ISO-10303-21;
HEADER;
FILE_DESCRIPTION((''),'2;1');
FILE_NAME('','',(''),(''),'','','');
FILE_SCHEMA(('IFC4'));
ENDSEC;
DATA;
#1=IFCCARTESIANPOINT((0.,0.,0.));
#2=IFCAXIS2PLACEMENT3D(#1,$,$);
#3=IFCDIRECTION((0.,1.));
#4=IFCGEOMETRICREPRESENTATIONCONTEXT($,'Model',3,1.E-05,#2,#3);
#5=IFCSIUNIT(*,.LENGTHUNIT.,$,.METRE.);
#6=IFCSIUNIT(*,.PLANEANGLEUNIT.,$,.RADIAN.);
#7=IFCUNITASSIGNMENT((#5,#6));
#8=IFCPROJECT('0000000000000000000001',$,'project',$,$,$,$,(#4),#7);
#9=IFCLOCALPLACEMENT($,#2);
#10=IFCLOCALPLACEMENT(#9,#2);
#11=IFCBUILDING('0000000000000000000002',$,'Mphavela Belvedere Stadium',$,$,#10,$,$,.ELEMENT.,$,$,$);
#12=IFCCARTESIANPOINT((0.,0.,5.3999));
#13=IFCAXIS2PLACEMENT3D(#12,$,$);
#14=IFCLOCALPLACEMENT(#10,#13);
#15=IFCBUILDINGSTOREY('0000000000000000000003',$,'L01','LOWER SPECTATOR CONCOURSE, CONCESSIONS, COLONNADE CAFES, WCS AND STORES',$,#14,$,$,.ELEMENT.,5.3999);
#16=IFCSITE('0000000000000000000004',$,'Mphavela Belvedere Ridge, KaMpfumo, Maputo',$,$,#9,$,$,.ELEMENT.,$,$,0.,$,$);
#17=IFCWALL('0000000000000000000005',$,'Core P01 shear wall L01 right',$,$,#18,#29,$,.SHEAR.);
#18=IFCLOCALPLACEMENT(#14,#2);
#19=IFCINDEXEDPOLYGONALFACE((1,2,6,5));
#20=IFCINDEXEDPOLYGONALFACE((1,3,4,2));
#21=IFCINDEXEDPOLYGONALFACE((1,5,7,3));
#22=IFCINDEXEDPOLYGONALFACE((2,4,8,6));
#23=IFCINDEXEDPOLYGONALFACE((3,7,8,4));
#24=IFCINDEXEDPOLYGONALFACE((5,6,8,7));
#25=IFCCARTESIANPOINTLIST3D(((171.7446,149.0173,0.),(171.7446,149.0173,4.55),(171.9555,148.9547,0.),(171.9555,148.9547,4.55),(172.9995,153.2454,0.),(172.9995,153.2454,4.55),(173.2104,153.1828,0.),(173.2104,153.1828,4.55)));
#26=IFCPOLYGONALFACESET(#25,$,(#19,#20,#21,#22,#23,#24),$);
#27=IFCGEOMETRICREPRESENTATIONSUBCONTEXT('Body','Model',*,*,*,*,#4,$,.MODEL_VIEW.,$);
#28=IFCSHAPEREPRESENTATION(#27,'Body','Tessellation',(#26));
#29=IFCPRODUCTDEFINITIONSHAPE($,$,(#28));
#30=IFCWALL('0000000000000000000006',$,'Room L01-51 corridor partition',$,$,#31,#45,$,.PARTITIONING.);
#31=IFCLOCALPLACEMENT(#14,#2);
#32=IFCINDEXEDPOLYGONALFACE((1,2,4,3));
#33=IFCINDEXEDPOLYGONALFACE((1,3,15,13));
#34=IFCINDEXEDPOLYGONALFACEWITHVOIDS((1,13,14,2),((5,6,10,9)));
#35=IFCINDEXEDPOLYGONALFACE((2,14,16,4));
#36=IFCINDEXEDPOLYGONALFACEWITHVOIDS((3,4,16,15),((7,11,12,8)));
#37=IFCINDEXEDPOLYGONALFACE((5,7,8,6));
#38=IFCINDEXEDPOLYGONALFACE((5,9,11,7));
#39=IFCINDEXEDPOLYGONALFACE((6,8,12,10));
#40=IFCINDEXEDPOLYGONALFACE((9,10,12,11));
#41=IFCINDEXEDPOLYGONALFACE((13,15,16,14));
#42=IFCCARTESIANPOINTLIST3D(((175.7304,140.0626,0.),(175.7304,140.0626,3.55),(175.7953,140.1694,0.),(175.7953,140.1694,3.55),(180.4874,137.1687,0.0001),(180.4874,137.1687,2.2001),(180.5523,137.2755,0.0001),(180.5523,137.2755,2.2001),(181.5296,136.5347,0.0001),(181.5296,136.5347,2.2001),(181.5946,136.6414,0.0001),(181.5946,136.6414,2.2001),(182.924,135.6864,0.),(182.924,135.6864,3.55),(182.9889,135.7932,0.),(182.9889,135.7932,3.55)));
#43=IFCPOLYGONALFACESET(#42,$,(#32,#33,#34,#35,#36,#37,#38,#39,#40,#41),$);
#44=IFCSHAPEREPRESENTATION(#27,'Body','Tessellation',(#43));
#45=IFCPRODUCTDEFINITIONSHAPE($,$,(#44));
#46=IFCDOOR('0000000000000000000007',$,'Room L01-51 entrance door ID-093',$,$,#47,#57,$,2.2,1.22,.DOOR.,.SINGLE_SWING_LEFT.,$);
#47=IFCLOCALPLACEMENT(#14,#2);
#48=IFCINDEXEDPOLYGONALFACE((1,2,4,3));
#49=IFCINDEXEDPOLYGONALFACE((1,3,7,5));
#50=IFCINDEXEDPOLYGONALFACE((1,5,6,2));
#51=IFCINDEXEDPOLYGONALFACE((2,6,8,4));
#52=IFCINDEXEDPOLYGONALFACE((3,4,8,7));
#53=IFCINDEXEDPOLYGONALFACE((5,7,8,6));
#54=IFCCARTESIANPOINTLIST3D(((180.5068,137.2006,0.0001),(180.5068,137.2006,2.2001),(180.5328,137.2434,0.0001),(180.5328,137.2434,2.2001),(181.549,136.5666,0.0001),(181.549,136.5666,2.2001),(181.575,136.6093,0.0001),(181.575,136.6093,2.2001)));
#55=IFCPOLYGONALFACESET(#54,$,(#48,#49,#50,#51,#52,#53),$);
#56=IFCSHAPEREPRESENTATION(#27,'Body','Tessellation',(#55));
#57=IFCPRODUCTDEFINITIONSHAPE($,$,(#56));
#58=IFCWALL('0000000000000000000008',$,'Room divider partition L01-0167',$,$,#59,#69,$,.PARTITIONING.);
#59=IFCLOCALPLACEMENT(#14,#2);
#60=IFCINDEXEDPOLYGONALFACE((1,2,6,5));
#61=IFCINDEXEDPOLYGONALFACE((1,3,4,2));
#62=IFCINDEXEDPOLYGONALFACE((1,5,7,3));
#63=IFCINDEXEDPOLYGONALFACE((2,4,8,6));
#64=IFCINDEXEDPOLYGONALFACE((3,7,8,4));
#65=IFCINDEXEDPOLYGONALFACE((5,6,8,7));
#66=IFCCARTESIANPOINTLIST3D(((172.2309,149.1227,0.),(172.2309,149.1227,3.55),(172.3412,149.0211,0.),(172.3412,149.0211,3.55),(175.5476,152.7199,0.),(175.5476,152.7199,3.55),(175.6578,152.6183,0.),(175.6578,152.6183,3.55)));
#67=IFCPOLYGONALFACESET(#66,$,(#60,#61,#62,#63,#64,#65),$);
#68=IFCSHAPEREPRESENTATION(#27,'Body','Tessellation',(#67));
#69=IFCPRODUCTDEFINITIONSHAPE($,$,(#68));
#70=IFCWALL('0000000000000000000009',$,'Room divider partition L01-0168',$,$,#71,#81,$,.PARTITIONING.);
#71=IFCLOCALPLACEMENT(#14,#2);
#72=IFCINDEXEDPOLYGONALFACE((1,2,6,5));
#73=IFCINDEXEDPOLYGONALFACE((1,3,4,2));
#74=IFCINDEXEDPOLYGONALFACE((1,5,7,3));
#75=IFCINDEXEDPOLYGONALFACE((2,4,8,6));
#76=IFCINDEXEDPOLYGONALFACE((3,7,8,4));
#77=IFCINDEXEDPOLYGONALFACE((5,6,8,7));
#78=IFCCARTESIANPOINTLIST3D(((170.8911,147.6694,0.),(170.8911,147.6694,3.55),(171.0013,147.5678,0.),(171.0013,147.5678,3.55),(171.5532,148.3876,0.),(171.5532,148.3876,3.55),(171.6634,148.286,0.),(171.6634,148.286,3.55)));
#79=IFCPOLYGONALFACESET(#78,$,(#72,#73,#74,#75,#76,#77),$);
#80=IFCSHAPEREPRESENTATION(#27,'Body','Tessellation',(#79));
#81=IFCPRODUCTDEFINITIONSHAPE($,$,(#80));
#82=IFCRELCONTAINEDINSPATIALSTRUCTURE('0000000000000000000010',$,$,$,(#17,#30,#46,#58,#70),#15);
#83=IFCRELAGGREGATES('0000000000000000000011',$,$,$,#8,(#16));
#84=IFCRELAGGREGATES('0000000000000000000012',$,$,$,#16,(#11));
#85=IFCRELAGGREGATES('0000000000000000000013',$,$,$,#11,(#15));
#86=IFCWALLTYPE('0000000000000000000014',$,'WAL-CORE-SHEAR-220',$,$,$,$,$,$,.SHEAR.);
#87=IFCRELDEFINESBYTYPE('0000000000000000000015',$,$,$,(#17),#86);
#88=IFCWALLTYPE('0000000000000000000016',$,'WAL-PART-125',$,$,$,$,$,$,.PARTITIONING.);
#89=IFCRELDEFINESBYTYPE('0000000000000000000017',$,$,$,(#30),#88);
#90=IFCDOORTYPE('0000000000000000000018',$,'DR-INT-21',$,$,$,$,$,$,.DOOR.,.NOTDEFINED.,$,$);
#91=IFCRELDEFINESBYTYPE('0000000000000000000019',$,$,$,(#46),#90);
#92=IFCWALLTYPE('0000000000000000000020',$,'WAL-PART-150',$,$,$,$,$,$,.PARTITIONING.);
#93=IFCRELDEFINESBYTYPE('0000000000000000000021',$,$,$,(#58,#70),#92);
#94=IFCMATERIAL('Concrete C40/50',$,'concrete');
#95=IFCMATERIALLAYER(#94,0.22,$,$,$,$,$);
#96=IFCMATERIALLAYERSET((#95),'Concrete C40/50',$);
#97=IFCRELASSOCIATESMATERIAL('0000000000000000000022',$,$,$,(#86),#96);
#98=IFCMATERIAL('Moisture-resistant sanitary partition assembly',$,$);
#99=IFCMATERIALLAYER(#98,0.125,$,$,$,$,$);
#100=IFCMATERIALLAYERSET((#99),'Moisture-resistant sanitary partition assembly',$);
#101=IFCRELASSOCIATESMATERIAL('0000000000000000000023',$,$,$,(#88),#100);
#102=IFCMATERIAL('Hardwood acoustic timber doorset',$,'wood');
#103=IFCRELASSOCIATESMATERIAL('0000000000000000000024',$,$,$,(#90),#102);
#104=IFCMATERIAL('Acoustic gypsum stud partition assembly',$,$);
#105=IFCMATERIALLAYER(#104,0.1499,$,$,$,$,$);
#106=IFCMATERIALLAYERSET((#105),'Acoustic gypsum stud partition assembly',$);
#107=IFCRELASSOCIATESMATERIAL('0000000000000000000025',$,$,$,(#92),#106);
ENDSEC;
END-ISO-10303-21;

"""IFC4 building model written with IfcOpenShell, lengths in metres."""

from ifc_helpers import new_model, si_unit, direction, frame, frame_2d, origin, place, context, subcontext, project, spatial, rectangle, extrude, material, layer, layer_set, type_object, element, fill, save


model = new_model("IFC4")

# Units and contexts
model_context = context("Model", 3, precision=1e-05, world=origin(), true_north=direction((0.0, 1.0)))
body_context = subcontext(model_context, "Body", "Model", "MODEL_VIEW")
ifc_project = project(units=[si_unit("LENGTHUNIT", "METRE"), si_unit("PLANEANGLEUNIT", "RADIAN")], contexts=[model_context])

# Site, building, storey
site_placement = place(None, origin())
site = spatial("IfcSite", under=ifc_project, at=site_placement, Name="Mphavela Belvedere Ridge, KaMpfumo, Maputo", CompositionType="ELEMENT", RefElevation=0.0)
building_placement = place(site_placement, origin())
building = spatial("IfcBuilding", under=site, at=building_placement, Name="Mphavela Belvedere Stadium", CompositionType="ELEMENT")
storey_placement = place(building_placement, frame((0.0, 0.0, 5.3999)))
storey = spatial("IfcBuildingStorey", under=building, at=storey_placement, Name="L01", Description="LOWER SPECTATOR CONCOURSE, CONCESSIONS, COLONNADE CAFES, WCS AND STORES", CompositionType="ELEMENT", Elevation=5.3999)

# Wall
ifc_material_1 = material(Name="Concrete C40/50", Category="concrete")
ifc_layer_1 = layer(ifc_material_1, 0.22)
ifc_layer_set_1 = layer_set([ifc_layer_1], Name="Concrete C40/50")
wall_type_1 = type_object("IfcWallType", Name="WAL-CORE-SHEAR-220", PredefinedType="SHEAR", material=ifc_layer_set_1)
wall_1_placement = place(storey_placement, frame((171.8501, 148.9861, 0.0), z_axis=(0.0, 0.0, 1.0), x_axis=(0.284533, 0.958666, 0.0)))
element("IfcWall", 1, at=wall_1_placement, inside=storey, type_object=wall_type_1, Name="Core P01 shear wall L01 right", PredefinedType="SHEAR", context=body_context, shape_type="SweptSolid", body=[
    extrude(rectangle(XDim=4.4104, YDim=0.22, at=frame_2d((2.2051, 0.0))), origin(), (0.0, 0.0, 1.0), 4.55),
])

# Wall, opening, door
ifc_material_2 = material(Name="Moisture-resistant sanitary partition assembly")
ifc_layer_2 = layer(ifc_material_2, 0.125)
ifc_layer_set_2 = layer_set([ifc_layer_2], Name="Moisture-resistant sanitary partition assembly")
wall_type_2 = type_object("IfcWallType", Name="WAL-PART-125", PredefinedType="PARTITIONING", material=ifc_layer_set_2)
wall_2_placement = place(storey_placement, frame((175.7629, 140.116, 0.0), z_axis=(0.0, 0.0, 1.0), x_axis=(0.85433, -0.519731, 0.0)))
wall_2 = element("IfcWall", 2, at=wall_2_placement, inside=storey, type_object=wall_type_2, Name="Room L01-51 corridor partition", PredefinedType="PARTITIONING", context=body_context, shape_type="SweptSolid", body=[
    extrude(rectangle(XDim=8.4202, YDim=0.125, at=frame_2d((4.21, 0.0))), origin(), (0.0, 0.0, 1.0), 3.55),
])
opening_placement = place(wall_2_placement, frame((5.5681, 0.0, 0.0)))
opening = element("IfcOpeningElement", 3, at=opening_placement, cuts=wall_2, PredefinedType="OPENING", context=body_context, shape_type="SweptSolid", body=[
    extrude(rectangle(XDim=1.22, YDim=2.2, at=frame_2d((0.6099, 1.1001))), frame((0.0, 0.0725, 0.0), z_axis=(0.0, -1.0, 0.0), x_axis=(1.0, 0.0, 0.0)), (0.0, 0.0, 1.0), 0.145),
])
ifc_material_3 = material(Name="Hardwood acoustic timber doorset", Category="wood")
door_type = type_object("IfcDoorType", Name="DR-INT-21", OperationType="NOTDEFINED", PredefinedType="DOOR", material=ifc_material_3)
door_placement = place(opening_placement, origin())
door = element("IfcDoor", 4, at=door_placement, inside=storey, type_object=door_type, Name="Room L01-51 entrance door ID-093", OperationType="SINGLE_SWING_LEFT", OverallHeight=2.2, OverallWidth=1.22, PredefinedType="DOOR", context=body_context, shape_type="SweptSolid", body=[
    extrude(rectangle(XDim=1.22, YDim=2.2, at=frame_2d((0.6099, 1.1001))), frame((0.0, 0.0249, 0.0), z_axis=(0.0, -1.0, 0.0), x_axis=(1.0, 0.0, 0.0)), (0.0, 0.0, 1.0), 0.05),
])
fill(opening, door)

# Walls
ifc_material_4 = material(Name="Acoustic gypsum stud partition assembly")
ifc_layer_3 = layer(ifc_material_4, 0.1499)
ifc_layer_set_3 = layer_set([ifc_layer_3], Name="Acoustic gypsum stud partition assembly")
wall_type_3 = type_object("IfcWallType", Name="WAL-PART-150", PredefinedType="PARTITIONING", material=ifc_layer_set_3)
wall_3_placement = place(storey_placement, frame((172.2861, 149.072, 0.0), z_axis=(0.0, 0.0, 1.0), x_axis=(0.677859, 0.735192, 0.0)))
element("IfcWall", 5, at=wall_3_placement, inside=storey, type_object=wall_type_3, Name="Room divider partition L01-0167", PredefinedType="PARTITIONING", context=body_context, shape_type="SweptSolid", body=[
    extrude(rectangle(XDim=4.8928, YDim=0.1499, at=frame_2d((2.4463, 0.0))), origin(), (0.0, 0.0, 1.0), 3.55),
])
wall_4_placement = place(storey_placement, frame((170.9463, 147.6187, 0.0), z_axis=(0.0, 0.0, 1.0), x_axis=(0.677782, 0.735263, 0.0)))
element("IfcWall", 6, at=wall_4_placement, inside=storey, type_object=wall_type_3, Name="Room divider partition L01-0168", PredefinedType="PARTITIONING", context=body_context, shape_type="SweptSolid", body=[
    extrude(rectangle(XDim=0.9768, YDim=0.1499, at=frame_2d((0.4883, 0.0))), origin(), (0.0, 0.0, 1.0), 3.55),
])

save(model, "model.ifc")
